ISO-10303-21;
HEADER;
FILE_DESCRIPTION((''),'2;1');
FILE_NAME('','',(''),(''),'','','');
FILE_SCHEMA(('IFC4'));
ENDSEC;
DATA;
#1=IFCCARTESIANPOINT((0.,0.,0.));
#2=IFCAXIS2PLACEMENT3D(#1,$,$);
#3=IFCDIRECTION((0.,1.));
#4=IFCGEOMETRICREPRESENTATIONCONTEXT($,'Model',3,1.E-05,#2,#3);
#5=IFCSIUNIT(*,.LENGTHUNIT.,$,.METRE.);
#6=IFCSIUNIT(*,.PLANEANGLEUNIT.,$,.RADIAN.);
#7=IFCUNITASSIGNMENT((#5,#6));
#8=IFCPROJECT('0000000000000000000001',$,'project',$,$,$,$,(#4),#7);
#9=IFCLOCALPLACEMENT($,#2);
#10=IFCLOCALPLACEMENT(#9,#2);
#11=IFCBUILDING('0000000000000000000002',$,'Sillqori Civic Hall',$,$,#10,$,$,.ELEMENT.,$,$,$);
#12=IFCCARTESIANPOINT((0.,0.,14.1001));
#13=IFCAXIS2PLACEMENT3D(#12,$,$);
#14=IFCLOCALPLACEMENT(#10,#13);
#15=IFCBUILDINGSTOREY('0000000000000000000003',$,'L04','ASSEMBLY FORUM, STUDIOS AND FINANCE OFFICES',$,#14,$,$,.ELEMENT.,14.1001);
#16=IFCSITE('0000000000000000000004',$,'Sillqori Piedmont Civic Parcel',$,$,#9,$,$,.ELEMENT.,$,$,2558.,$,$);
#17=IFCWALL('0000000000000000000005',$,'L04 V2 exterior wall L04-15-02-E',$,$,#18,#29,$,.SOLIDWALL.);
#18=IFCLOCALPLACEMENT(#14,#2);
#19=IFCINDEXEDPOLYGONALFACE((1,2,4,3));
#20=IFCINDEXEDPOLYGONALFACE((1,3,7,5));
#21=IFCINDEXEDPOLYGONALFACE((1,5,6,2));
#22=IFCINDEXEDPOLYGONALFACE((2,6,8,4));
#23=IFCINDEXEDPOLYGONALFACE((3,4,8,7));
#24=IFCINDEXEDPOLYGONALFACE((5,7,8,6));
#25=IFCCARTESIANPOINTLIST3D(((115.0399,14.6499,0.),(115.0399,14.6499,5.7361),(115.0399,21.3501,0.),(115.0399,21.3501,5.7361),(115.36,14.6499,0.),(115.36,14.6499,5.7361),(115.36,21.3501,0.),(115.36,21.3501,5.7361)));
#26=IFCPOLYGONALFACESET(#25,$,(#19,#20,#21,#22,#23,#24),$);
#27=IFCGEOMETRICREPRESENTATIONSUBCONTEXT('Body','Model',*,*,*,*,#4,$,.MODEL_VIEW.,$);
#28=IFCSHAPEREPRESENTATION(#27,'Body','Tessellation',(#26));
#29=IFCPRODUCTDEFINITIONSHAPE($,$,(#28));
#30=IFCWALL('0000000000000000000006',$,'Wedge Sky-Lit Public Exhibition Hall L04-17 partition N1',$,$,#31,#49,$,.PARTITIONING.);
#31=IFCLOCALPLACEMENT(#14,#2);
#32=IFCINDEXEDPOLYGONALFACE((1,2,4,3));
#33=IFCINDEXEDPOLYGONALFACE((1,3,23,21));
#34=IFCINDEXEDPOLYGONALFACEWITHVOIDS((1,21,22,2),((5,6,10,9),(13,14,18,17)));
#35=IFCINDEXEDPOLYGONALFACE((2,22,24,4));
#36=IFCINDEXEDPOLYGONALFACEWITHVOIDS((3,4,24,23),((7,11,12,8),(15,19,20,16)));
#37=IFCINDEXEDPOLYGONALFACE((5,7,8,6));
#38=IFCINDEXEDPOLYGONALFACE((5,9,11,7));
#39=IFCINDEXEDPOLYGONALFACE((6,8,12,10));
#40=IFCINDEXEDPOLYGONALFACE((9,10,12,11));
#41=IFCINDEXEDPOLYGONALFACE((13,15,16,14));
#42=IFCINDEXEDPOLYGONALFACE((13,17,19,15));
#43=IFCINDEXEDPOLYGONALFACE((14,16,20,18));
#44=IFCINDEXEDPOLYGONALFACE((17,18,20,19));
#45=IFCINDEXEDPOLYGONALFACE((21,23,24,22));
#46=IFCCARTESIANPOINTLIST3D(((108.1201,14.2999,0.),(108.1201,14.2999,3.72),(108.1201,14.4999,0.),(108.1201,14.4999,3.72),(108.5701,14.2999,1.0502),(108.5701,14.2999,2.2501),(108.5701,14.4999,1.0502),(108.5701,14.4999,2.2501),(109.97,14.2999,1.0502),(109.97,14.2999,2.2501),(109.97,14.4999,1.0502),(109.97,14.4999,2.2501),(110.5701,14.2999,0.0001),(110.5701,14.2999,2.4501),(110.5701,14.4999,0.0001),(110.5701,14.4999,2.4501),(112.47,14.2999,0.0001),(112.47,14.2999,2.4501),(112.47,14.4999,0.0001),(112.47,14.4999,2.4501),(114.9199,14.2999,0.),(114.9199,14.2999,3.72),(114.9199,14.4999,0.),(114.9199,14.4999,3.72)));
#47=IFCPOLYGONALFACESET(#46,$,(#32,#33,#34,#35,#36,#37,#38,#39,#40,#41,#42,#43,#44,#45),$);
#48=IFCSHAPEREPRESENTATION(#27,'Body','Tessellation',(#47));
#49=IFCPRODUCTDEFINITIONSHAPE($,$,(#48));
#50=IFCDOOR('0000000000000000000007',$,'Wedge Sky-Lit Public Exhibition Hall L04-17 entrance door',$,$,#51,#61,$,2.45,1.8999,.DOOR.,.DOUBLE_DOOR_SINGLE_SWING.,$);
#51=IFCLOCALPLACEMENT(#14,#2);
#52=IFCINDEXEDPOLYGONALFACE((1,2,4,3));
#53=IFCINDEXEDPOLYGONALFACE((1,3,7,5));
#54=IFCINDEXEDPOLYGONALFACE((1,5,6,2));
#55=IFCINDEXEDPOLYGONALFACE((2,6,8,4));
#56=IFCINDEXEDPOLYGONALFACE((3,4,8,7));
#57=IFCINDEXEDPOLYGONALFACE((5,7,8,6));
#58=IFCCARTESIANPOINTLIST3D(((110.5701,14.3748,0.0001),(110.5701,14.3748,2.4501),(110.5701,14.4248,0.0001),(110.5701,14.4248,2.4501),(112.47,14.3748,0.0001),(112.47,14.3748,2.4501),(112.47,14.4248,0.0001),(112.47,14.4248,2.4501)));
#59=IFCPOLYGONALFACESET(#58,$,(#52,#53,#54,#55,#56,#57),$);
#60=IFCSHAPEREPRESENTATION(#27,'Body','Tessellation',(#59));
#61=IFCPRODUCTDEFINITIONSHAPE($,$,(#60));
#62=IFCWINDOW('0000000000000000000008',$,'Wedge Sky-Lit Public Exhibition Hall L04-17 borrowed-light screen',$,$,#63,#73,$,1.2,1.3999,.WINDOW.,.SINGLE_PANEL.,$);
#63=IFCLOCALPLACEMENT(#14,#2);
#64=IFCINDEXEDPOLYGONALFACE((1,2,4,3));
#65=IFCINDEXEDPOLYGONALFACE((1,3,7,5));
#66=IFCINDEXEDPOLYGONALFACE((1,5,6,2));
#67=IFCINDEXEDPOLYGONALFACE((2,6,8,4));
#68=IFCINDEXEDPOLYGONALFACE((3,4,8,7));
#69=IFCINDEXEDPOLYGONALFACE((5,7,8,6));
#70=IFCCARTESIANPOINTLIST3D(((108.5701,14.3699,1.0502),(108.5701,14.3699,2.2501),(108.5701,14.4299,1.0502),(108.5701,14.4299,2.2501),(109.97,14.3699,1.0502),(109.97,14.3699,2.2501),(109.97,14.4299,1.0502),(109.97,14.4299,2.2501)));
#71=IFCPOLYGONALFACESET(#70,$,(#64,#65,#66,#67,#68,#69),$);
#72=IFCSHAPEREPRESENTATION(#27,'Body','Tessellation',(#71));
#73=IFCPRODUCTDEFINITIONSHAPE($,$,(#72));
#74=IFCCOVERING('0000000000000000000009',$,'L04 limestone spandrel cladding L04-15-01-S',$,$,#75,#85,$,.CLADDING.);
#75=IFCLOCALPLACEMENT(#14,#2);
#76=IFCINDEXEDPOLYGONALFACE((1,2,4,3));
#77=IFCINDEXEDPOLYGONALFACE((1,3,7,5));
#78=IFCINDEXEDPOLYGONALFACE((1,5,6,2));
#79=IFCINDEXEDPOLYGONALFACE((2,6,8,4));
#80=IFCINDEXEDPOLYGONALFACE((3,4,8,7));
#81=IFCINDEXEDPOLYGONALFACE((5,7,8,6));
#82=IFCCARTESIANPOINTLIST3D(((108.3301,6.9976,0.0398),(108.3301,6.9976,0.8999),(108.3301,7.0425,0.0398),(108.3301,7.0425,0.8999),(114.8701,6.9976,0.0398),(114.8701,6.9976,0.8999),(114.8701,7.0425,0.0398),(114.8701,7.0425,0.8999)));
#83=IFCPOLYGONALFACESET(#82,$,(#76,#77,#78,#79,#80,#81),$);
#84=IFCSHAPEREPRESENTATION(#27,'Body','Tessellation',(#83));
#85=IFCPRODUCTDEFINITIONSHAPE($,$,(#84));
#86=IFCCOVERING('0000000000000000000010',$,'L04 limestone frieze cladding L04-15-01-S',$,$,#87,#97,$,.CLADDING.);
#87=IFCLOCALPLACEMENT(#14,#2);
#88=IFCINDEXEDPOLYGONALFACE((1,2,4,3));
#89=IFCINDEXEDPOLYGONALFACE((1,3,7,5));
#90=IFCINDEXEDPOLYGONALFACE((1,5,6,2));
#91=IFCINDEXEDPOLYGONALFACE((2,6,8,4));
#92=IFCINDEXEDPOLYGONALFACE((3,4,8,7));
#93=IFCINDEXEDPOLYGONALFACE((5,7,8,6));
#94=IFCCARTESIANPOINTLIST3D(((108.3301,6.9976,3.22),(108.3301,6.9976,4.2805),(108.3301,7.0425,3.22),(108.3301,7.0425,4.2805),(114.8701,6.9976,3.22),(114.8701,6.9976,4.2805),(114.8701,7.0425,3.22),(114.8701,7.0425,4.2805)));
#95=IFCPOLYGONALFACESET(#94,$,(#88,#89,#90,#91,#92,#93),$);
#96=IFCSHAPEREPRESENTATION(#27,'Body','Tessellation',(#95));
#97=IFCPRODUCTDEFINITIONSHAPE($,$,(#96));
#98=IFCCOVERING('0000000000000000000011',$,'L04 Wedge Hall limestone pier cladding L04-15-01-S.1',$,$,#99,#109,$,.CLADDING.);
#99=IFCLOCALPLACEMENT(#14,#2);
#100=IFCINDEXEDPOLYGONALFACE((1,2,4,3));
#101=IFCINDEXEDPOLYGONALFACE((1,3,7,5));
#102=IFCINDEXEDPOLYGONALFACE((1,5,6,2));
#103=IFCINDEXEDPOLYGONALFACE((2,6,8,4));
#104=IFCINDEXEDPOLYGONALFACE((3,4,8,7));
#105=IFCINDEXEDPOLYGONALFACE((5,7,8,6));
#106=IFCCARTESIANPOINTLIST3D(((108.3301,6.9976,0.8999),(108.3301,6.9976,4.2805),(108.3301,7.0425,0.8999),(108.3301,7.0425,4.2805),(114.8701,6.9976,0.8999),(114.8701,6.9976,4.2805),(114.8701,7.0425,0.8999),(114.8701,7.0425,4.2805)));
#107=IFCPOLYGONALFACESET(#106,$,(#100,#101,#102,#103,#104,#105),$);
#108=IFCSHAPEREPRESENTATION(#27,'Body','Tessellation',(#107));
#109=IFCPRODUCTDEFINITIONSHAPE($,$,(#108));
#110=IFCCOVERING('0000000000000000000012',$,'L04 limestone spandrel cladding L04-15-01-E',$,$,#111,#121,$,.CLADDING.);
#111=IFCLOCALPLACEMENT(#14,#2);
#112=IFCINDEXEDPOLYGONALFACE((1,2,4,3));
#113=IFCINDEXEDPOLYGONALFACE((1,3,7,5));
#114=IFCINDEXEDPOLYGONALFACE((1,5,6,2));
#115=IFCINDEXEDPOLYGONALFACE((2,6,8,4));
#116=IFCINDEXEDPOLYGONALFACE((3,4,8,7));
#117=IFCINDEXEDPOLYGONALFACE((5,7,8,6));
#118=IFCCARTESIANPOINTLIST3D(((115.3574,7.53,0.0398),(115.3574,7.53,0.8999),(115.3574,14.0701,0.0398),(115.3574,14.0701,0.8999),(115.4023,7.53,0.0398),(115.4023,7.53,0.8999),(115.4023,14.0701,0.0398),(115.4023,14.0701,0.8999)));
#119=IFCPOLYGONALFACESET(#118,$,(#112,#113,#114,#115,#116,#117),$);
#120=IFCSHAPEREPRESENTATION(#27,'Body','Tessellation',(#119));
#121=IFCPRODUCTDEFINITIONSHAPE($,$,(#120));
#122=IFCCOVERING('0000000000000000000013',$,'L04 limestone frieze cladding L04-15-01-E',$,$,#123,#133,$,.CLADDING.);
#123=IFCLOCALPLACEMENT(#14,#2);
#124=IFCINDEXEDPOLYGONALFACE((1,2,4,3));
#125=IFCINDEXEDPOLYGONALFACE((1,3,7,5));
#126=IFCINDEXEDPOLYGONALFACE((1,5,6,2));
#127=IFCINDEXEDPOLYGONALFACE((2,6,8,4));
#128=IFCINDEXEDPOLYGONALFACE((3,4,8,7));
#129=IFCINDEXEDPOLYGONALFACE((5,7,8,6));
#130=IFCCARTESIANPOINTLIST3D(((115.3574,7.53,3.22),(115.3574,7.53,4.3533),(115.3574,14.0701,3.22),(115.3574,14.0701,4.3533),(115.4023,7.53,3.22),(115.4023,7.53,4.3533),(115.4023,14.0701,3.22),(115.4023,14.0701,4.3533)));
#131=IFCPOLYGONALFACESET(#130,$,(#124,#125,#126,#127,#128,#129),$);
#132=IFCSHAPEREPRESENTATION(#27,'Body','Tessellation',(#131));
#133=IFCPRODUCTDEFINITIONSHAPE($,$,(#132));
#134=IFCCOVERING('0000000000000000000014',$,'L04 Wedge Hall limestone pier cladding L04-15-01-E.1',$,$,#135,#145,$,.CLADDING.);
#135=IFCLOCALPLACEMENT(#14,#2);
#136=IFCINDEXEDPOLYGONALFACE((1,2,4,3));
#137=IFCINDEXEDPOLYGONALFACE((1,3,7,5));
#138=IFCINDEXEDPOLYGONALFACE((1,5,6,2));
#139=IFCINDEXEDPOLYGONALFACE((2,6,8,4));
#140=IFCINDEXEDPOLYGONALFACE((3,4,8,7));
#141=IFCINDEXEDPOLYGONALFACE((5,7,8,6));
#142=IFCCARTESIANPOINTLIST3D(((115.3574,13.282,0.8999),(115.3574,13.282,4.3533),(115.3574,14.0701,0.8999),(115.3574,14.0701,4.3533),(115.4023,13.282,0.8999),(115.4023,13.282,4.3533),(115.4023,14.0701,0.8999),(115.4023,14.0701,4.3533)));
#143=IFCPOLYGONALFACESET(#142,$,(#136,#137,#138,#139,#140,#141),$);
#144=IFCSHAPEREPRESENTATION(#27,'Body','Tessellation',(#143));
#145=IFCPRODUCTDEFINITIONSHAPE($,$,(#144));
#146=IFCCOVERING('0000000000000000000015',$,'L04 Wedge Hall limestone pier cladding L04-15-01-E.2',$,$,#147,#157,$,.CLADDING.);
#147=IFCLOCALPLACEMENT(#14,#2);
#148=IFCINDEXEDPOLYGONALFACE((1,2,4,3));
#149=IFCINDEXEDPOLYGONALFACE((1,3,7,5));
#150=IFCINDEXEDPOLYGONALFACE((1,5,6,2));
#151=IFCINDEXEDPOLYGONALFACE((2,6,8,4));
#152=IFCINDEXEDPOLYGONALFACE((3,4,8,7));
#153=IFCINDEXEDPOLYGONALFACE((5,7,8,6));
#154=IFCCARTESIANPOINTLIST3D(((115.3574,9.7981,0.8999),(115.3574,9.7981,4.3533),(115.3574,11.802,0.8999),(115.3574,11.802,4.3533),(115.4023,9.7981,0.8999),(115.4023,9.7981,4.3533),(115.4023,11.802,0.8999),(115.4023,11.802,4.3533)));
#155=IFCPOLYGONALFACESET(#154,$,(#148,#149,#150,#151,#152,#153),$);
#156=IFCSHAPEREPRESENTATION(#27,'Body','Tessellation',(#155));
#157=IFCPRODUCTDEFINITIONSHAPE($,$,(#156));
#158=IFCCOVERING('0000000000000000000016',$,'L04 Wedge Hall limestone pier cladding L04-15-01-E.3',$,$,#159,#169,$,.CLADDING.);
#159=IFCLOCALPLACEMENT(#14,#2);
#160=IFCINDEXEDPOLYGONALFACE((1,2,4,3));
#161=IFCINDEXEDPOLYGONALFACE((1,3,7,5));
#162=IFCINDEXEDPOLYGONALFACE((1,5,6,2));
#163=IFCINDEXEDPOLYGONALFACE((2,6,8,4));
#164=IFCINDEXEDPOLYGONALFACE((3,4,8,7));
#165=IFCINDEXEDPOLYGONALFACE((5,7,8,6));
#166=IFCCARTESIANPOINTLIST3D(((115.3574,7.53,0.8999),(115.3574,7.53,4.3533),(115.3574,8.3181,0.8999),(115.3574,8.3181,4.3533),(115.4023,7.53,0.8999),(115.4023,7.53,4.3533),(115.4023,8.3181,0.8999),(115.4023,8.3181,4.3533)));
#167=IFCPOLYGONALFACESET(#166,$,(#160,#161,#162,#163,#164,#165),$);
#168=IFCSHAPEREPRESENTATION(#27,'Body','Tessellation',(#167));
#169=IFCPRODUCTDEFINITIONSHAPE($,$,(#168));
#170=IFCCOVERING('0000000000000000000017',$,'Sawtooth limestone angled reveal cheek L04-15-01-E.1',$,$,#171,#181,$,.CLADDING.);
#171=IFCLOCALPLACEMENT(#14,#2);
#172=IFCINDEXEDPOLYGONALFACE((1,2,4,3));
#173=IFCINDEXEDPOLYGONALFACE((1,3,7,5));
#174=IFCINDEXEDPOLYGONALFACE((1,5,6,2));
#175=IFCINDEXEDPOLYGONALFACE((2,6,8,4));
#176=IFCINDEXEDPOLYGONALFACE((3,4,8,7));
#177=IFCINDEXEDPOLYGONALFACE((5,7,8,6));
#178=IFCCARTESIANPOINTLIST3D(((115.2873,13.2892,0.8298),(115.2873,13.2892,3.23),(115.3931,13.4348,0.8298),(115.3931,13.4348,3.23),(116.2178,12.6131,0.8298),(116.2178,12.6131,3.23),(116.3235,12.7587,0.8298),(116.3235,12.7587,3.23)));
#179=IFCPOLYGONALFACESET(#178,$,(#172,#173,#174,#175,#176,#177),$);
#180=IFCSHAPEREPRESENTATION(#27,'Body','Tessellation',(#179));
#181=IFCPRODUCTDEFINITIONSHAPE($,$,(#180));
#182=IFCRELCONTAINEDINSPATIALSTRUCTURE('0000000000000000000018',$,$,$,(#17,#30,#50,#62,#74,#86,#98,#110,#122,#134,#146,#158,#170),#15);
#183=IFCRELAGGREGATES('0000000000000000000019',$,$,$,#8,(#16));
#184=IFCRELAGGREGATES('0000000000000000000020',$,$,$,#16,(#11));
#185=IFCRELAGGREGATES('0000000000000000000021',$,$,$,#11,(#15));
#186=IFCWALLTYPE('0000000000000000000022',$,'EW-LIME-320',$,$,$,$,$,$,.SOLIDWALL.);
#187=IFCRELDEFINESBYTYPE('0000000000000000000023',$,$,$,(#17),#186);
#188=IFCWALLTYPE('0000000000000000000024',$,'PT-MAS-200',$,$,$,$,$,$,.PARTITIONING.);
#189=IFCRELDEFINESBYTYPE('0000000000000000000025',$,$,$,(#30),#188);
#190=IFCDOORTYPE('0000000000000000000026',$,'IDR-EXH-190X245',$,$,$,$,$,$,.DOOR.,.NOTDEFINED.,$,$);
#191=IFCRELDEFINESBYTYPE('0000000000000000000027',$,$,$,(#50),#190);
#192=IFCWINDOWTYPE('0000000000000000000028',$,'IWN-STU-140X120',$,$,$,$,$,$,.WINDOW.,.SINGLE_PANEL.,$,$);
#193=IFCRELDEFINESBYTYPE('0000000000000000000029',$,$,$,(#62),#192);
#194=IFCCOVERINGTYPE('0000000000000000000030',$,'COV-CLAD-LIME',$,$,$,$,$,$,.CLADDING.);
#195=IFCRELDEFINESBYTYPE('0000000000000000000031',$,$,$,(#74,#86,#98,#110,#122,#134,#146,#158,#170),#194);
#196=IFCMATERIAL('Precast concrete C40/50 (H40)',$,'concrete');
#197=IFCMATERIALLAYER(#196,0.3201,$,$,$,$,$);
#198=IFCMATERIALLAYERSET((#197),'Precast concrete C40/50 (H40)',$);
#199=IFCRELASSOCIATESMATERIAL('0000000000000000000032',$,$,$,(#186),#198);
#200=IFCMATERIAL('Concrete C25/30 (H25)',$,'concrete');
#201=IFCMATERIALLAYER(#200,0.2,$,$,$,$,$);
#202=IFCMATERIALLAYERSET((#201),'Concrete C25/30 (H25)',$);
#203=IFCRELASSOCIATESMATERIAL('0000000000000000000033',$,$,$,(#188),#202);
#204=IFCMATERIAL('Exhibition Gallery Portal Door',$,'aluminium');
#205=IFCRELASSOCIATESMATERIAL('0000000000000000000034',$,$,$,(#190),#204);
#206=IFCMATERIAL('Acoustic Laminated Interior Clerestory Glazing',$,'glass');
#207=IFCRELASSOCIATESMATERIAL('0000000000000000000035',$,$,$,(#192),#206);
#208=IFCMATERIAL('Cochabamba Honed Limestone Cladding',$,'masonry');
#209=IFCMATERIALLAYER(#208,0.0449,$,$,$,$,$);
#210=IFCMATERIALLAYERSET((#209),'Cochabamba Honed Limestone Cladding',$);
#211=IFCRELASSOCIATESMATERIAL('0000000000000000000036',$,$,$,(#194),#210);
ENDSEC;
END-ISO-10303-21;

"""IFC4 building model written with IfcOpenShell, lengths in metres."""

from ifc_helpers import new_model, si_unit, direction, frame, frame_2d, origin, place, context, subcontext, project, spatial, rectangle, extrude, material, layer, layer_set, type_object, element, fill, save


model = new_model("IFC4")

# Units and contexts
model_context = context("Model", 3, precision=1e-05, world=origin(), true_north=direction((0.0, 1.0)))
body_context = subcontext(model_context, "Body", "Model", "MODEL_VIEW")
ifc_project = project(units=[si_unit("LENGTHUNIT", "METRE"), si_unit("PLANEANGLEUNIT", "RADIAN")], contexts=[model_context])

# Site, building, storey
site_placement = place(None, origin())
site = spatial("IfcSite", under=ifc_project, at=site_placement, Name="Sillqori Piedmont Civic Parcel", CompositionType="ELEMENT", RefElevation=2558.0)
building_placement = place(site_placement, origin())
building = spatial("IfcBuilding", under=site, at=building_placement, Name="Sillqori Civic Hall", CompositionType="ELEMENT")
storey_placement = place(building_placement, frame((0.0, 0.0, 14.1001)))
storey = spatial("IfcBuildingStorey", under=building, at=storey_placement, Name="L04", Description="ASSEMBLY FORUM, STUDIOS AND FINANCE OFFICES", CompositionType="ELEMENT", Elevation=14.1001)

# Shared definitions
ifc_material_1 = material(Name="Precast concrete C40/50 (H40)", Category="concrete")

# Shared definitions
ifc_layer_1 = layer(ifc_material_1, 0.3201)
ifc_layer_set_1 = layer_set([ifc_layer_1], Name="Precast concrete C40/50 (H40)")
wall_type_1 = type_object("IfcWallType", Name="EW-LIME-320", PredefinedType="SOLIDWALL", material=ifc_layer_set_1)

# Wall
wall_1_placement = place(storey_placement, frame((115.2, 21.3501, 0.0), z_axis=(0.0, 0.0, 1.0), x_axis=(0.0, -1.0, 0.0)))
element("IfcWall", 1, at=wall_1_placement, inside=storey, type_object=wall_type_1, Name="L04 V2 exterior wall L04-15-02-E", PredefinedType="SOLIDWALL", context=body_context, shape_type="SweptSolid", body=[
    extrude(rectangle(XDim=6.7002, YDim=0.3201, at=frame_2d((3.3501, 0.0))), origin(), (0.0, 0.0, 1.0), 5.7361),
])

# Wall, openings, door, window
ifc_material_2 = material(Name="Concrete C25/30 (H25)", Category="concrete")
ifc_layer_2 = layer(ifc_material_2, 0.2)
ifc_layer_set_2 = layer_set([ifc_layer_2], Name="Concrete C25/30 (H25)")
wall_type_2 = type_object("IfcWallType", Name="PT-MAS-200", PredefinedType="PARTITIONING", material=ifc_layer_set_2)
wall_2_placement = place(storey_placement, frame((108.1201, 14.3999, 0.0), z_axis=(0.0, 0.0, 1.0), x_axis=(1.0, 0.0, 0.0)))
wall_2 = element("IfcWall", 2, at=wall_2_placement, inside=storey, type_object=wall_type_2, Name="Wedge Sky-Lit Public Exhibition Hall L04-17 partition N1", PredefinedType="PARTITIONING", context=body_context, shape_type="SweptSolid", body=[
    extrude(rectangle(XDim=6.7998, YDim=0.2, at=frame_2d((3.3999, 0.0))), origin(), (0.0, 0.0, 1.0), 3.72),
])
opening_1_placement = place(wall_2_placement, frame((2.45, 0.0, 0.0)))
opening_1 = element("IfcOpeningElement", 3, at=opening_1_placement, cuts=wall_2, PredefinedType="OPENING", context=body_context, shape_type="SweptSolid", body=[
    extrude(rectangle(XDim=1.8999, YDim=2.45, at=frame_2d((0.95, 1.2251))), frame((0.0, 0.1099, 0.0), z_axis=(0.0, -1.0, 0.0), x_axis=(1.0, 0.0, 0.0)), (0.0, 0.0, 1.0), 0.22),
])
opening_2_placement = place(wall_2_placement, frame((0.45, 0.0, 1.05)))
opening_2 = element("IfcOpeningElement", 4, at=opening_2_placement, cuts=wall_2, PredefinedType="OPENING", context=body_context, shape_type="SweptSolid", body=[
    extrude(rectangle(XDim=1.3999, YDim=1.2, at=frame_2d((0.7, 0.6001))), frame((0.0, 0.1099, 0.0), z_axis=(0.0, -1.0, 0.0), x_axis=(1.0, 0.0, 0.0)), (0.0, 0.0, 1.0), 0.22),
])
ifc_material_3 = material(Name="Exhibition Gallery Portal Door", Category="aluminium")
door_type = type_object("IfcDoorType", Name="IDR-EXH-190X245", OperationType="NOTDEFINED", PredefinedType="DOOR", material=ifc_material_3)
door_placement = place(opening_1_placement, origin())
door = element("IfcDoor", 5, at=door_placement, inside=storey, type_object=door_type, Name="Wedge Sky-Lit Public Exhibition Hall L04-17 entrance door", OperationType="DOUBLE_DOOR_SINGLE_SWING", OverallHeight=2.45, OverallWidth=1.8999, PredefinedType="DOOR", context=body_context, shape_type="SweptSolid", body=[
    extrude(rectangle(XDim=1.8999, YDim=2.45, at=frame_2d((0.95, 1.2251))), frame((0.0, 0.0249, 0.0), z_axis=(0.0, -1.0, 0.0), x_axis=(1.0, 0.0, 0.0)), (0.0, 0.0, 1.0), 0.05),
])
fill(opening_1, door)
ifc_material_4 = material(Name="Acoustic Laminated Interior Clerestory Glazing", Category="glass")
window_type_1 = type_object("IfcWindowType", Name="IWN-STU-140X120", PartitioningType="SINGLE_PANEL", PredefinedType="WINDOW", material=ifc_material_4)
window_1_placement = place(opening_2_placement, origin())
window_1 = element("IfcWindow", 6, at=window_1_placement, inside=storey, type_object=window_type_1, Name="Wedge Sky-Lit Public Exhibition Hall L04-17 borrowed-light screen", OverallHeight=1.2, OverallWidth=1.3999, PartitioningType="SINGLE_PANEL", PredefinedType="WINDOW", context=body_context, shape_type="SweptSolid", body=[
    extrude(rectangle(XDim=1.3999, YDim=1.2, at=frame_2d((0.7, 0.6001))), frame((0.0, 0.03, 0.0), z_axis=(0.0, -1.0, 0.0), x_axis=(1.0, 0.0, 0.0)), (0.0, 0.0, 1.0), 0.0601),
])
fill(opening_2, window_1)

# Coverings
ifc_material_5 = material(Name="Cochabamba Honed Limestone Cladding", Category="masonry")
ifc_layer_3 = layer(ifc_material_5, 0.0449)
ifc_layer_set_3 = layer_set([ifc_layer_3], Name="Cochabamba Honed Limestone Cladding")
covering_type = type_object("IfcCoveringType", Name="COV-CLAD-LIME", PredefinedType="CLADDING", material=ifc_layer_set_3)
covering_1_placement = place(storey_placement, frame((114.8701, 7.02, 0.0398), z_axis=(0.0, 0.0, 1.0), x_axis=(-1.0, 0.0, 0.0)))
element("IfcCovering", 7, at=covering_1_placement, inside=storey, type_object=covering_type, Name="L04 limestone spandrel cladding L04-15-01-S", PredefinedType="CLADDING", context=body_context, shape_type="SweptSolid", body=[
    extrude(rectangle(XDim=6.54, YDim=0.0449, at=frame_2d((3.27, 0.0))), origin(), (0.0, 0.0, 1.0), 0.8601),
])
covering_2_placement = place(storey_placement, frame((114.8701, 7.02, 3.22), z_axis=(0.0, 0.0, 1.0), x_axis=(-1.0, 0.0, 0.0)))
element("IfcCovering", 8, at=covering_2_placement, inside=storey, type_object=covering_type, Name="L04 limestone frieze cladding L04-15-01-S", PredefinedType="CLADDING", context=body_context, shape_type="SweptSolid", body=[
    extrude(rectangle(XDim=6.54, YDim=0.0449, at=frame_2d((3.27, 0.0))), origin(), (0.0, 0.0, 1.0), 1.0605),
])
covering_3_placement = place(storey_placement, frame((114.8701, 7.02, 0.8999), z_axis=(0.0, 0.0, 1.0), x_axis=(-1.0, 0.0, 0.0)))
element("IfcCovering", 9, at=covering_3_placement, inside=storey, type_object=covering_type, Name="L04 Wedge Hall limestone pier cladding L04-15-01-S.1", PredefinedType="CLADDING", context=body_context, shape_type="SweptSolid", body=[
    extrude(rectangle(XDim=6.54, YDim=0.0449, at=frame_2d((3.27, 0.0))), origin(), (0.0, 0.0, 1.0), 3.3806),
])
covering_4_placement = place(storey_placement, frame((115.3799, 14.0701, 0.0398), z_axis=(0.0, 0.0, 1.0), x_axis=(0.0, -1.0, 0.0)))
element("IfcCovering", 10, at=covering_4_placement, inside=storey, type_object=covering_type, Name="L04 limestone spandrel cladding L04-15-01-E", PredefinedType="CLADDING", context=body_context, shape_type="SweptSolid", body=[
    extrude(rectangle(XDim=6.54, YDim=0.0449, at=frame_2d((3.27, 0.0))), origin(), (0.0, 0.0, 1.0), 0.8601),
])
covering_5_placement = place(storey_placement, frame((115.3799, 14.0701, 3.22), z_axis=(0.0, 0.0, 1.0), x_axis=(0.0, -1.0, 0.0)))
element("IfcCovering", 11, at=covering_5_placement, inside=storey, type_object=covering_type, Name="L04 limestone frieze cladding L04-15-01-E", PredefinedType="CLADDING", context=body_context, shape_type="SweptSolid", body=[
    extrude(rectangle(XDim=6.54, YDim=0.0449, at=frame_2d((3.27, 0.0))), origin(), (0.0, 0.0, 1.0), 1.1333),
])
covering_6_placement = place(storey_placement, frame((115.3799, 14.0701, 0.8999), z_axis=(0.0, 0.0, 1.0), x_axis=(0.0, -1.0, 0.0)))
element("IfcCovering", 12, at=covering_6_placement, inside=storey, type_object=covering_type, Name="L04 Wedge Hall limestone pier cladding L04-15-01-E.1", PredefinedType="CLADDING", context=body_context, shape_type="SweptSolid", body=[
    extrude(rectangle(XDim=0.7881, YDim=0.0449, at=frame_2d((0.394, 0.0))), origin(), (0.0, 0.0, 1.0), 3.4534),
])
covering_7_placement = place(storey_placement, frame((115.3799, 11.802, 0.8999), z_axis=(0.0, 0.0, 1.0), x_axis=(0.0, -1.0, 0.0)))
element("IfcCovering", 13, at=covering_7_placement, inside=storey, type_object=covering_type, Name="L04 Wedge Hall limestone pier cladding L04-15-01-E.2", PredefinedType="CLADDING", context=body_context, shape_type="SweptSolid", body=[
    extrude(rectangle(XDim=2.0039, YDim=0.0449, at=frame_2d((1.002, 0.0))), origin(), (0.0, 0.0, 1.0), 3.4534),
])
covering_8_placement = place(storey_placement, frame((115.3799, 8.3181, 0.8999), z_axis=(0.0, 0.0, 1.0), x_axis=(0.0, -1.0, 0.0)))
element("IfcCovering", 14, at=covering_8_placement, inside=storey, type_object=covering_type, Name="L04 Wedge Hall limestone pier cladding L04-15-01-E.3", PredefinedType="CLADDING", context=body_context, shape_type="SweptSolid", body=[
    extrude(rectangle(XDim=0.7881, YDim=0.0449, at=frame_2d((0.394, 0.0))), origin(), (0.0, 0.0, 1.0), 3.4534),
])
covering_9_placement = place(storey_placement, frame((115.3401, 13.3621, 0.8298), z_axis=(0.0, 0.0, 1.0), x_axis=(0.809002, -0.587806, 0.0)))
element("IfcCovering", 15, at=covering_9_placement, inside=storey, type_object=covering_type, Name="Sawtooth limestone angled reveal cheek L04-15-01-E.1", PredefinedType="CLADDING", context=body_context, shape_type="SweptSolid", body=[
    extrude(rectangle(XDim=1.1501, YDim=0.1799, at=frame_2d((0.5752, 0.0))), origin(), (0.0, 0.0, 1.0), 2.4001),
])

save(model, "model.ifc")
